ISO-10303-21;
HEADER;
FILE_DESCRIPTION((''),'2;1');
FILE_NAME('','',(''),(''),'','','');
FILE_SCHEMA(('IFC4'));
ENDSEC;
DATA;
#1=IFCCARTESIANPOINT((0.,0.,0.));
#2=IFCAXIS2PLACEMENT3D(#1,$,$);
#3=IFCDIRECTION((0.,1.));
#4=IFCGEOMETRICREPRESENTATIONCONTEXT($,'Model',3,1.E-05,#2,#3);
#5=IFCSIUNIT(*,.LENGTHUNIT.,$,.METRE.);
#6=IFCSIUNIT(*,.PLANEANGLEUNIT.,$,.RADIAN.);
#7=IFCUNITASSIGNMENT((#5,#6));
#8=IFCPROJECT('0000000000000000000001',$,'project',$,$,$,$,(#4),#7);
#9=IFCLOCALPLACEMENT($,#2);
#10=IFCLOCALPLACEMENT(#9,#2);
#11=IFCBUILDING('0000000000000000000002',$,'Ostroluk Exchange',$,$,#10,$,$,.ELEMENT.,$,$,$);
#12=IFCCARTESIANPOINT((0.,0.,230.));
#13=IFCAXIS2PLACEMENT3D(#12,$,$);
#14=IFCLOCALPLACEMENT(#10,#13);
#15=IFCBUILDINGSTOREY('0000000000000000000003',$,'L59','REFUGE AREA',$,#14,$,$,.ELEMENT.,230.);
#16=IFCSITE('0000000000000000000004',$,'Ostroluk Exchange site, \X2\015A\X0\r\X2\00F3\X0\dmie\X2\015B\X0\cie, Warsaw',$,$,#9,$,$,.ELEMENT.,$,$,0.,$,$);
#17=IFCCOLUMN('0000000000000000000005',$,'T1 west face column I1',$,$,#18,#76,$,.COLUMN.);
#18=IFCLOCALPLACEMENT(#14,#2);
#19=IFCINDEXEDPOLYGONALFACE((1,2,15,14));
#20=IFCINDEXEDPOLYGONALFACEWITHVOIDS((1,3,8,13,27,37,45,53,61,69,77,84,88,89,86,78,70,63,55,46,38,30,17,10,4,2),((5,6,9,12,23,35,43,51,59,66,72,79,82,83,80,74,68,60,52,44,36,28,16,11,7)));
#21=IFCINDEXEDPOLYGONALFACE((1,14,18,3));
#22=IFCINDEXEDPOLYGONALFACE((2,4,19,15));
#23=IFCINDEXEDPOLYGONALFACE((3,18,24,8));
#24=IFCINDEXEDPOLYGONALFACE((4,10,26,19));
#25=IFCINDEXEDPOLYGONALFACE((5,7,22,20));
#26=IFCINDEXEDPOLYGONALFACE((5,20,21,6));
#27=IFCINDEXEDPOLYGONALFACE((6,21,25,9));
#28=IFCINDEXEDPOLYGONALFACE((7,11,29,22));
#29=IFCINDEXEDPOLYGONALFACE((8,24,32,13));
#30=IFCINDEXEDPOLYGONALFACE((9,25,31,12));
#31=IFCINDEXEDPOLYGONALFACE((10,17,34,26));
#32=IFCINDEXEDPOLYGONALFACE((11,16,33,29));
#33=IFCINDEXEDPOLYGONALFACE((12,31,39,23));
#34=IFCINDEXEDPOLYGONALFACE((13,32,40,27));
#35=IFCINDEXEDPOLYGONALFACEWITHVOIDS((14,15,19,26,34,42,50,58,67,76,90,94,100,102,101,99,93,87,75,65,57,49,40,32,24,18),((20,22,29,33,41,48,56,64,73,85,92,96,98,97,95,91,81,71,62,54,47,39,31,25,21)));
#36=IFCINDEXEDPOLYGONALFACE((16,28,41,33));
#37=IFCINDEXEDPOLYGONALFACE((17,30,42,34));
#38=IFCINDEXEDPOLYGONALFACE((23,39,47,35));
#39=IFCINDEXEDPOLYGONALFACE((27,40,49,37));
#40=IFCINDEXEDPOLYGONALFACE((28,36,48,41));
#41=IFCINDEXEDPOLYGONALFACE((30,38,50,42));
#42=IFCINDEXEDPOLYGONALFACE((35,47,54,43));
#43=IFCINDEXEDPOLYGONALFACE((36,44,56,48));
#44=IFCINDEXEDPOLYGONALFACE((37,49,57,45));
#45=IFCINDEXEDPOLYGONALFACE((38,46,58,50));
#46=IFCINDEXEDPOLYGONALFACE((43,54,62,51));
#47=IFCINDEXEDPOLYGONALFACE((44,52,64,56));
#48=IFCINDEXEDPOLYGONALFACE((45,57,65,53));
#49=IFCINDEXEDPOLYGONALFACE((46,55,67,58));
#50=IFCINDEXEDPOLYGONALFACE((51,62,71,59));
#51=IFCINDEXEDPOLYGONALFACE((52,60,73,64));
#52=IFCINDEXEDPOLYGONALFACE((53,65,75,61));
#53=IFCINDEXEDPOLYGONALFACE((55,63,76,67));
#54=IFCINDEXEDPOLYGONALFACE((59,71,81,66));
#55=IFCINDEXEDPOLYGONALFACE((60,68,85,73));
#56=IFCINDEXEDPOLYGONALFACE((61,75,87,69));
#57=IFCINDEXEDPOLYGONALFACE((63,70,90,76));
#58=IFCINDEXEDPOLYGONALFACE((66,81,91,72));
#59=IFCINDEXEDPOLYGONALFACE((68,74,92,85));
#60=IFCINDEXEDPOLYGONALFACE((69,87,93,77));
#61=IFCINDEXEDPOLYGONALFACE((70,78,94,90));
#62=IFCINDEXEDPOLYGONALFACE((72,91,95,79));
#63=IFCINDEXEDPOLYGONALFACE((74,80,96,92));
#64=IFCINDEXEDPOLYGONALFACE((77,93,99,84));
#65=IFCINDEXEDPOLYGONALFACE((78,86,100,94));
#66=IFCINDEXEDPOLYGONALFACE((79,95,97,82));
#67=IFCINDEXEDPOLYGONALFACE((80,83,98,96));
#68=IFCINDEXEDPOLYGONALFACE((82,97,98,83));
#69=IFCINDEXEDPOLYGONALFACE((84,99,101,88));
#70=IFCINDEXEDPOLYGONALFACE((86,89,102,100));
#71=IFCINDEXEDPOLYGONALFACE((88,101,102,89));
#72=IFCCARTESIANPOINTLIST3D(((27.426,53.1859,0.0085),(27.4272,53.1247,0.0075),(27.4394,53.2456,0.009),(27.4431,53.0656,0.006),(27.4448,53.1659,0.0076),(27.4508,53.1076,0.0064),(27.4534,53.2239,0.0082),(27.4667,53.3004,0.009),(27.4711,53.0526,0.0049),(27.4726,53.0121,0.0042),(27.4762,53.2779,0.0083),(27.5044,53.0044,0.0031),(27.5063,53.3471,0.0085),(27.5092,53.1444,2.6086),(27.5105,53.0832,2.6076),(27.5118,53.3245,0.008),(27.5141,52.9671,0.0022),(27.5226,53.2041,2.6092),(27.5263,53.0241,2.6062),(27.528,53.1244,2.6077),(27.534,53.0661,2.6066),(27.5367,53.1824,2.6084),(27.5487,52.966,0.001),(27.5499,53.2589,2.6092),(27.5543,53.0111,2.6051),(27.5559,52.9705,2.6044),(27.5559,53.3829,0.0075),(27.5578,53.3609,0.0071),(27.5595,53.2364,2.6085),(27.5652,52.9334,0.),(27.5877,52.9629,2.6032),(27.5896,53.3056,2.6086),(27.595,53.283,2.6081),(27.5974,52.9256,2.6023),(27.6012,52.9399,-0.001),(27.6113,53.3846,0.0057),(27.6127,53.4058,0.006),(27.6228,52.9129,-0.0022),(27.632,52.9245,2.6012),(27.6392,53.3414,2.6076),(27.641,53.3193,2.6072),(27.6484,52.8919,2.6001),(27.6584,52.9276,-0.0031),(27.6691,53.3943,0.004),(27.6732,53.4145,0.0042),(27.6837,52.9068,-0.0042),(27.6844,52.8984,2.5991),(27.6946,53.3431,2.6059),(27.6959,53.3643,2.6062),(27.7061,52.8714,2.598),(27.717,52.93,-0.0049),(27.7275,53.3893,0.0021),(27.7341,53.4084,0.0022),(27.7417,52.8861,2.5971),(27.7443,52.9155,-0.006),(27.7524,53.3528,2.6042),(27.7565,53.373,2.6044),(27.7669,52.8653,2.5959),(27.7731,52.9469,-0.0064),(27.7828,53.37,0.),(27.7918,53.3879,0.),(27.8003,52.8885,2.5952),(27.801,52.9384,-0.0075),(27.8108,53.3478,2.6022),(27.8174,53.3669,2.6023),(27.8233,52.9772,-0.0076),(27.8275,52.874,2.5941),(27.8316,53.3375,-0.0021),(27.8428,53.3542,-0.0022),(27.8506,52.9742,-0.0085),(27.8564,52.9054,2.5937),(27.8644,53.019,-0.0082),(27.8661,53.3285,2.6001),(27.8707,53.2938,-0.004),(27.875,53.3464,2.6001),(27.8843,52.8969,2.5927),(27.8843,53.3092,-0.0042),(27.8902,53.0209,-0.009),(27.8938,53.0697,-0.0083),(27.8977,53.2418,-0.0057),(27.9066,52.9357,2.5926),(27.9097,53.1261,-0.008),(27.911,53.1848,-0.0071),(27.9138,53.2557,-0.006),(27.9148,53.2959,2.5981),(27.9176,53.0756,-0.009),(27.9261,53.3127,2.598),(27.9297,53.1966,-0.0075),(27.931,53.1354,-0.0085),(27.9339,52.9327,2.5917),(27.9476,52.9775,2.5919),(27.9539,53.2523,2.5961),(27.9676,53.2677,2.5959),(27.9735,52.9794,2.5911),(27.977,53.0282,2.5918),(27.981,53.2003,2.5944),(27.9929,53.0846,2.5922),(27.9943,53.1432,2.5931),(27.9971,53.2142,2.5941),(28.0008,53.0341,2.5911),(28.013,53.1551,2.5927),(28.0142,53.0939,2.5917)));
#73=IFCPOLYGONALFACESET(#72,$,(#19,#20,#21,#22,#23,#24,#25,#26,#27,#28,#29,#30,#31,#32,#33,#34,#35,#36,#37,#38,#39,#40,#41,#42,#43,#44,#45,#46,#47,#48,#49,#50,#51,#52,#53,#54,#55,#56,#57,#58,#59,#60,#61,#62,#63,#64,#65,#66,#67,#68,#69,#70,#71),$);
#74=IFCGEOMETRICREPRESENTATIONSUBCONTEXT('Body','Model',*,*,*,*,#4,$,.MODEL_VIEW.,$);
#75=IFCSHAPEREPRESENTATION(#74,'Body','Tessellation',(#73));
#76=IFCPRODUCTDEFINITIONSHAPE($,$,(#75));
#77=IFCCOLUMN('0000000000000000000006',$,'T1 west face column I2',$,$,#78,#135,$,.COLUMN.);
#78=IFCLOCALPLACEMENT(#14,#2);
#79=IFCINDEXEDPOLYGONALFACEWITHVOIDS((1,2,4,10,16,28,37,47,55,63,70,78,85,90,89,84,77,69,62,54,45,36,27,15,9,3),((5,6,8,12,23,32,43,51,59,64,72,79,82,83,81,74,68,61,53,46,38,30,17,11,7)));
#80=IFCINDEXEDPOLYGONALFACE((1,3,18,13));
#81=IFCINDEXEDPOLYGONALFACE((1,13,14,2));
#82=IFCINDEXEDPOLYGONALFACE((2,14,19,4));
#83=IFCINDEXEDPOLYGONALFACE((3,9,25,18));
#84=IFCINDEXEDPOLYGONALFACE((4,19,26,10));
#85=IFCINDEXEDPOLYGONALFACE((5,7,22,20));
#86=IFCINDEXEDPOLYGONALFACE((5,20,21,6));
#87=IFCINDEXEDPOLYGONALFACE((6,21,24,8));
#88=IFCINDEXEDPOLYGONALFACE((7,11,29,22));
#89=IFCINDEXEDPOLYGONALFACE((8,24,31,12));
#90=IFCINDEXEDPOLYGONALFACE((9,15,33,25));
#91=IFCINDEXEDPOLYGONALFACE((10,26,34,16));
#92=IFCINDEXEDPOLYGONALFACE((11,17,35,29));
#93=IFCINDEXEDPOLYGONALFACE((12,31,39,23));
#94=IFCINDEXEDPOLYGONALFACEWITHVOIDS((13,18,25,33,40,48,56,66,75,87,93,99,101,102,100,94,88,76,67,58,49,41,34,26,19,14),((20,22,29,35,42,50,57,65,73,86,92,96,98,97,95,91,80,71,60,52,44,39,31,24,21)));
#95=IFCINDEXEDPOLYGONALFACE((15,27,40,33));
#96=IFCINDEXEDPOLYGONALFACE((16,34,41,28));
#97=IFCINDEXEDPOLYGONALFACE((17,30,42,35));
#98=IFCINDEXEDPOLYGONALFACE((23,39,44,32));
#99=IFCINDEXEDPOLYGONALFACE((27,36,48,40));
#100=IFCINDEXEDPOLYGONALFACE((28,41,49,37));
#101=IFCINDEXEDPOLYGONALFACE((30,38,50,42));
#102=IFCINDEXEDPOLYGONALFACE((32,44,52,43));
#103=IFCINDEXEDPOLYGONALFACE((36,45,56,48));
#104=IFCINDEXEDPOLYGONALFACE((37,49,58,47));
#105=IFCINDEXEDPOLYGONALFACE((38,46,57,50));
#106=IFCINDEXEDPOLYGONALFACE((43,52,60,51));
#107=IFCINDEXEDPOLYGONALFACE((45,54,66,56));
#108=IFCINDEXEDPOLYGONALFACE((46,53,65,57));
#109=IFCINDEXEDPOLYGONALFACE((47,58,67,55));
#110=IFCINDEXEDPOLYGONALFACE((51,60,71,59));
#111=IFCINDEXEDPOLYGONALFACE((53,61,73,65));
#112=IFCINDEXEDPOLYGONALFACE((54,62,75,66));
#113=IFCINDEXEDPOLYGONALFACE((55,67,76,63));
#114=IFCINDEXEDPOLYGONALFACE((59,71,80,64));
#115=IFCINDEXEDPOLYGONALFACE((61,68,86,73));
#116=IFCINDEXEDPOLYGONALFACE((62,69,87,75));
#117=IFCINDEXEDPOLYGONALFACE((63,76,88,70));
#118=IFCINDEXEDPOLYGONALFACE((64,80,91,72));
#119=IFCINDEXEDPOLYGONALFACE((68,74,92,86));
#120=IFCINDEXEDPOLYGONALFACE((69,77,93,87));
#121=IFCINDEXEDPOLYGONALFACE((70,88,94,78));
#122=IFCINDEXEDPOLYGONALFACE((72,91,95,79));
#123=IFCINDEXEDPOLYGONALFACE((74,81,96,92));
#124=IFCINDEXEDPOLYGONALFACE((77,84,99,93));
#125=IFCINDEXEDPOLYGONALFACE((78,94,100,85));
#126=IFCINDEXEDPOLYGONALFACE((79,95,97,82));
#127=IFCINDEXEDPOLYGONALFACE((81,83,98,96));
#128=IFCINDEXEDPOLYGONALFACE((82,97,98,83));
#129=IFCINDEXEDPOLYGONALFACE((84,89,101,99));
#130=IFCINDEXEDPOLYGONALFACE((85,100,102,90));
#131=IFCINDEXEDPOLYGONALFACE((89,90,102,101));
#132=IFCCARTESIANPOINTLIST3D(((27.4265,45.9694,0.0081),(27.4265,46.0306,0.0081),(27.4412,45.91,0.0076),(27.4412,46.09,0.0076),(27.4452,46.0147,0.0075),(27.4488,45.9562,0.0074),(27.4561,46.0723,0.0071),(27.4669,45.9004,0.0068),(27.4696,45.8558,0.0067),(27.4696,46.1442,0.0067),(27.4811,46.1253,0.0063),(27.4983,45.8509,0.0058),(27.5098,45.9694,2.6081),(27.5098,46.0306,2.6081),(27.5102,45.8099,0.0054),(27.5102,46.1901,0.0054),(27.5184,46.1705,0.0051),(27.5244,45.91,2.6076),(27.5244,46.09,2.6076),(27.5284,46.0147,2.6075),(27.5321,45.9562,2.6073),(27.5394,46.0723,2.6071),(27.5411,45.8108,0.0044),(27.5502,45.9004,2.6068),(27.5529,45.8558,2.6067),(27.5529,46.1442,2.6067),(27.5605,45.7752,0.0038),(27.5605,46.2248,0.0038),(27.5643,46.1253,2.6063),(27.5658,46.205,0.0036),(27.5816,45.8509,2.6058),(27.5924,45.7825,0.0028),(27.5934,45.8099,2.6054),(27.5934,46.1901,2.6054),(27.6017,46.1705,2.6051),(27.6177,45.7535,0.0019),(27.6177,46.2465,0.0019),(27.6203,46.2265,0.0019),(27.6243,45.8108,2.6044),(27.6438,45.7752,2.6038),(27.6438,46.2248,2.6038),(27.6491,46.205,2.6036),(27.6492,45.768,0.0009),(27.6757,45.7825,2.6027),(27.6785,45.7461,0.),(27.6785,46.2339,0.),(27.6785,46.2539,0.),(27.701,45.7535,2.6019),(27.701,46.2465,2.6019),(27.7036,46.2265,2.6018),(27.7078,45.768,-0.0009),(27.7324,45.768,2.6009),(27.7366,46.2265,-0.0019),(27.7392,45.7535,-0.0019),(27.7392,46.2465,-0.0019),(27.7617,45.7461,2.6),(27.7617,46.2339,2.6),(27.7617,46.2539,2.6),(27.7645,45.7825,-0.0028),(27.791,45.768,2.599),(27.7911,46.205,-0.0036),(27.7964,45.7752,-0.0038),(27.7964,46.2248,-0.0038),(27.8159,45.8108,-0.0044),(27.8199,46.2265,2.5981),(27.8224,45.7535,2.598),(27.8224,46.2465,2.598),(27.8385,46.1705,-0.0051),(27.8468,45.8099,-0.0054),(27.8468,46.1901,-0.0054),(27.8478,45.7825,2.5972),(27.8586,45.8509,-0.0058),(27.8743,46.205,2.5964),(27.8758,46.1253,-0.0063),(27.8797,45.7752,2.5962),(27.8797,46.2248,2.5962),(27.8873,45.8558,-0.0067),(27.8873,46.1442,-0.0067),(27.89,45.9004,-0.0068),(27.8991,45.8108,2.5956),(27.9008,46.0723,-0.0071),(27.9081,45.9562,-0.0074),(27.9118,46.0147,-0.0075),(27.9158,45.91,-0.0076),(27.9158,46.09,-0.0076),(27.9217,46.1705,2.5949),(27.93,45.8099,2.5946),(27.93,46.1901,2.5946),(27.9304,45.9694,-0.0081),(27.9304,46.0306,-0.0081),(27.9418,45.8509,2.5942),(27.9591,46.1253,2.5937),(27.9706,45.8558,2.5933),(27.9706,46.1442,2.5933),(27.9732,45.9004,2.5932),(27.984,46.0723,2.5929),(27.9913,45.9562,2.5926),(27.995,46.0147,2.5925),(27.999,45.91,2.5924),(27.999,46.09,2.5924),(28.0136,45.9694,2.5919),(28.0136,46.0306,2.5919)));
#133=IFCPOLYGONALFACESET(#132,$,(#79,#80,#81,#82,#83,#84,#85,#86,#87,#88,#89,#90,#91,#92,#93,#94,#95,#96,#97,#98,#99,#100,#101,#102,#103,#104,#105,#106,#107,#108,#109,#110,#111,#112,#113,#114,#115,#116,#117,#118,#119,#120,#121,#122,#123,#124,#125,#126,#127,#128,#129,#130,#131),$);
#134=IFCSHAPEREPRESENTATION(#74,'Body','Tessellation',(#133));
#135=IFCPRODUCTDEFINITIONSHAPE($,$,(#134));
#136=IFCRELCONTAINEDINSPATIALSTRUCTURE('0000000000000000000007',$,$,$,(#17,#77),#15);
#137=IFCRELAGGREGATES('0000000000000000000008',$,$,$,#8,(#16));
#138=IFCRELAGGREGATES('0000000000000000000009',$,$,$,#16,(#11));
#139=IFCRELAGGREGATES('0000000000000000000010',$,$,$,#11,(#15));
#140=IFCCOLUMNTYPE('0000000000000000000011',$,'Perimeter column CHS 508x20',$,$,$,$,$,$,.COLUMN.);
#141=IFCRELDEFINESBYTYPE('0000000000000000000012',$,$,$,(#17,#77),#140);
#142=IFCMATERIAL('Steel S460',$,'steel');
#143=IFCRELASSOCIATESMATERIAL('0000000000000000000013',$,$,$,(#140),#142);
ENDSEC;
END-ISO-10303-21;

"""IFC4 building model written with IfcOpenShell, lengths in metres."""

from ifc_helpers import new_model, si_unit, direction, frame, origin, origin_2d, place, context, subcontext, project, spatial, hollow_circle, extrude, material, material_profile, profile_set, type_object, element, save


model = new_model("IFC4")

# Units and contexts
model_context = context("Model", 3, precision=1e-05, world=origin(), true_north=direction((0.0, 1.0)))
body_context = subcontext(model_context, "Body", "Model", "MODEL_VIEW")
ifc_project = project(units=[si_unit("LENGTHUNIT", "METRE"), si_unit("PLANEANGLEUNIT", "RADIAN")], contexts=[model_context])

# Site, building, storey
site_placement = place(None, origin())
site = spatial("IfcSite", under=ifc_project, at=site_placement, Name="Ostroluk Exchange site, Śródmieście, Warsaw", CompositionType="ELEMENT", RefElevation=0.0)
building_placement = place(site_placement, origin())
building = spatial("IfcBuilding", under=site, at=building_placement, Name="Ostroluk Exchange", CompositionType="ELEMENT")
storey_placement = place(building_placement, frame((0.0, 0.0, 230.0)))
storey = spatial("IfcBuildingStorey", under=building, at=storey_placement, Name="L59", Description="REFUGE AREA", CompositionType="ELEMENT", Elevation=230.0)

# Columns
ifc_material_1 = material(Name="Steel S460", Category="steel")
ifc_material_profile_1 = material_profile(ifc_material_1, hollow_circle(Radius=0.2539, WallThickness=0.02, at=origin_2d()), Name="CHS 508x20")
ifc_profile_set_1 = profile_set([ifc_material_profile_1], Name="Steel S460")
column_type = type_object("IfcColumnType", Name="Perimeter column CHS 508x20", PredefinedType="COLUMN", material=ifc_profile_set_1)
column_1_placement = place(storey_placement, frame((27.6785, 53.1606, 0.0), z_axis=(0.031998, -0.015952, 0.999361), x_axis=(0.446163, 0.894951, 0.0)))
element("IfcColumn", 1, at=column_1_placement, inside=storey, type_object=column_type, Name="T1 west face column I1", PredefinedType="COLUMN", context=body_context, shape_type="SweptSolid", body=[
    extrude(hollow_circle(Radius=0.2539, WallThickness=0.02, at=origin_2d()), origin(), (0.0, 0.0, 1.0), 2.6018),
])
column_2_placement = place(storey_placement, frame((27.6785, 46.0, 0.0), z_axis=(0.032002, 0.0, 0.999488), x_axis=(0.0, 1.0, 0.0)))
element("IfcColumn", 2, at=column_2_placement, inside=storey, type_object=column_type, Name="T1 west face column I2", PredefinedType="COLUMN", context=body_context, shape_type="SweptSolid", body=[
    extrude(hollow_circle(Radius=0.2539, WallThickness=0.02, at=origin_2d()), origin(), (0.0, 0.0, 1.0), 2.6013),
])

save(model, "model.ifc")
